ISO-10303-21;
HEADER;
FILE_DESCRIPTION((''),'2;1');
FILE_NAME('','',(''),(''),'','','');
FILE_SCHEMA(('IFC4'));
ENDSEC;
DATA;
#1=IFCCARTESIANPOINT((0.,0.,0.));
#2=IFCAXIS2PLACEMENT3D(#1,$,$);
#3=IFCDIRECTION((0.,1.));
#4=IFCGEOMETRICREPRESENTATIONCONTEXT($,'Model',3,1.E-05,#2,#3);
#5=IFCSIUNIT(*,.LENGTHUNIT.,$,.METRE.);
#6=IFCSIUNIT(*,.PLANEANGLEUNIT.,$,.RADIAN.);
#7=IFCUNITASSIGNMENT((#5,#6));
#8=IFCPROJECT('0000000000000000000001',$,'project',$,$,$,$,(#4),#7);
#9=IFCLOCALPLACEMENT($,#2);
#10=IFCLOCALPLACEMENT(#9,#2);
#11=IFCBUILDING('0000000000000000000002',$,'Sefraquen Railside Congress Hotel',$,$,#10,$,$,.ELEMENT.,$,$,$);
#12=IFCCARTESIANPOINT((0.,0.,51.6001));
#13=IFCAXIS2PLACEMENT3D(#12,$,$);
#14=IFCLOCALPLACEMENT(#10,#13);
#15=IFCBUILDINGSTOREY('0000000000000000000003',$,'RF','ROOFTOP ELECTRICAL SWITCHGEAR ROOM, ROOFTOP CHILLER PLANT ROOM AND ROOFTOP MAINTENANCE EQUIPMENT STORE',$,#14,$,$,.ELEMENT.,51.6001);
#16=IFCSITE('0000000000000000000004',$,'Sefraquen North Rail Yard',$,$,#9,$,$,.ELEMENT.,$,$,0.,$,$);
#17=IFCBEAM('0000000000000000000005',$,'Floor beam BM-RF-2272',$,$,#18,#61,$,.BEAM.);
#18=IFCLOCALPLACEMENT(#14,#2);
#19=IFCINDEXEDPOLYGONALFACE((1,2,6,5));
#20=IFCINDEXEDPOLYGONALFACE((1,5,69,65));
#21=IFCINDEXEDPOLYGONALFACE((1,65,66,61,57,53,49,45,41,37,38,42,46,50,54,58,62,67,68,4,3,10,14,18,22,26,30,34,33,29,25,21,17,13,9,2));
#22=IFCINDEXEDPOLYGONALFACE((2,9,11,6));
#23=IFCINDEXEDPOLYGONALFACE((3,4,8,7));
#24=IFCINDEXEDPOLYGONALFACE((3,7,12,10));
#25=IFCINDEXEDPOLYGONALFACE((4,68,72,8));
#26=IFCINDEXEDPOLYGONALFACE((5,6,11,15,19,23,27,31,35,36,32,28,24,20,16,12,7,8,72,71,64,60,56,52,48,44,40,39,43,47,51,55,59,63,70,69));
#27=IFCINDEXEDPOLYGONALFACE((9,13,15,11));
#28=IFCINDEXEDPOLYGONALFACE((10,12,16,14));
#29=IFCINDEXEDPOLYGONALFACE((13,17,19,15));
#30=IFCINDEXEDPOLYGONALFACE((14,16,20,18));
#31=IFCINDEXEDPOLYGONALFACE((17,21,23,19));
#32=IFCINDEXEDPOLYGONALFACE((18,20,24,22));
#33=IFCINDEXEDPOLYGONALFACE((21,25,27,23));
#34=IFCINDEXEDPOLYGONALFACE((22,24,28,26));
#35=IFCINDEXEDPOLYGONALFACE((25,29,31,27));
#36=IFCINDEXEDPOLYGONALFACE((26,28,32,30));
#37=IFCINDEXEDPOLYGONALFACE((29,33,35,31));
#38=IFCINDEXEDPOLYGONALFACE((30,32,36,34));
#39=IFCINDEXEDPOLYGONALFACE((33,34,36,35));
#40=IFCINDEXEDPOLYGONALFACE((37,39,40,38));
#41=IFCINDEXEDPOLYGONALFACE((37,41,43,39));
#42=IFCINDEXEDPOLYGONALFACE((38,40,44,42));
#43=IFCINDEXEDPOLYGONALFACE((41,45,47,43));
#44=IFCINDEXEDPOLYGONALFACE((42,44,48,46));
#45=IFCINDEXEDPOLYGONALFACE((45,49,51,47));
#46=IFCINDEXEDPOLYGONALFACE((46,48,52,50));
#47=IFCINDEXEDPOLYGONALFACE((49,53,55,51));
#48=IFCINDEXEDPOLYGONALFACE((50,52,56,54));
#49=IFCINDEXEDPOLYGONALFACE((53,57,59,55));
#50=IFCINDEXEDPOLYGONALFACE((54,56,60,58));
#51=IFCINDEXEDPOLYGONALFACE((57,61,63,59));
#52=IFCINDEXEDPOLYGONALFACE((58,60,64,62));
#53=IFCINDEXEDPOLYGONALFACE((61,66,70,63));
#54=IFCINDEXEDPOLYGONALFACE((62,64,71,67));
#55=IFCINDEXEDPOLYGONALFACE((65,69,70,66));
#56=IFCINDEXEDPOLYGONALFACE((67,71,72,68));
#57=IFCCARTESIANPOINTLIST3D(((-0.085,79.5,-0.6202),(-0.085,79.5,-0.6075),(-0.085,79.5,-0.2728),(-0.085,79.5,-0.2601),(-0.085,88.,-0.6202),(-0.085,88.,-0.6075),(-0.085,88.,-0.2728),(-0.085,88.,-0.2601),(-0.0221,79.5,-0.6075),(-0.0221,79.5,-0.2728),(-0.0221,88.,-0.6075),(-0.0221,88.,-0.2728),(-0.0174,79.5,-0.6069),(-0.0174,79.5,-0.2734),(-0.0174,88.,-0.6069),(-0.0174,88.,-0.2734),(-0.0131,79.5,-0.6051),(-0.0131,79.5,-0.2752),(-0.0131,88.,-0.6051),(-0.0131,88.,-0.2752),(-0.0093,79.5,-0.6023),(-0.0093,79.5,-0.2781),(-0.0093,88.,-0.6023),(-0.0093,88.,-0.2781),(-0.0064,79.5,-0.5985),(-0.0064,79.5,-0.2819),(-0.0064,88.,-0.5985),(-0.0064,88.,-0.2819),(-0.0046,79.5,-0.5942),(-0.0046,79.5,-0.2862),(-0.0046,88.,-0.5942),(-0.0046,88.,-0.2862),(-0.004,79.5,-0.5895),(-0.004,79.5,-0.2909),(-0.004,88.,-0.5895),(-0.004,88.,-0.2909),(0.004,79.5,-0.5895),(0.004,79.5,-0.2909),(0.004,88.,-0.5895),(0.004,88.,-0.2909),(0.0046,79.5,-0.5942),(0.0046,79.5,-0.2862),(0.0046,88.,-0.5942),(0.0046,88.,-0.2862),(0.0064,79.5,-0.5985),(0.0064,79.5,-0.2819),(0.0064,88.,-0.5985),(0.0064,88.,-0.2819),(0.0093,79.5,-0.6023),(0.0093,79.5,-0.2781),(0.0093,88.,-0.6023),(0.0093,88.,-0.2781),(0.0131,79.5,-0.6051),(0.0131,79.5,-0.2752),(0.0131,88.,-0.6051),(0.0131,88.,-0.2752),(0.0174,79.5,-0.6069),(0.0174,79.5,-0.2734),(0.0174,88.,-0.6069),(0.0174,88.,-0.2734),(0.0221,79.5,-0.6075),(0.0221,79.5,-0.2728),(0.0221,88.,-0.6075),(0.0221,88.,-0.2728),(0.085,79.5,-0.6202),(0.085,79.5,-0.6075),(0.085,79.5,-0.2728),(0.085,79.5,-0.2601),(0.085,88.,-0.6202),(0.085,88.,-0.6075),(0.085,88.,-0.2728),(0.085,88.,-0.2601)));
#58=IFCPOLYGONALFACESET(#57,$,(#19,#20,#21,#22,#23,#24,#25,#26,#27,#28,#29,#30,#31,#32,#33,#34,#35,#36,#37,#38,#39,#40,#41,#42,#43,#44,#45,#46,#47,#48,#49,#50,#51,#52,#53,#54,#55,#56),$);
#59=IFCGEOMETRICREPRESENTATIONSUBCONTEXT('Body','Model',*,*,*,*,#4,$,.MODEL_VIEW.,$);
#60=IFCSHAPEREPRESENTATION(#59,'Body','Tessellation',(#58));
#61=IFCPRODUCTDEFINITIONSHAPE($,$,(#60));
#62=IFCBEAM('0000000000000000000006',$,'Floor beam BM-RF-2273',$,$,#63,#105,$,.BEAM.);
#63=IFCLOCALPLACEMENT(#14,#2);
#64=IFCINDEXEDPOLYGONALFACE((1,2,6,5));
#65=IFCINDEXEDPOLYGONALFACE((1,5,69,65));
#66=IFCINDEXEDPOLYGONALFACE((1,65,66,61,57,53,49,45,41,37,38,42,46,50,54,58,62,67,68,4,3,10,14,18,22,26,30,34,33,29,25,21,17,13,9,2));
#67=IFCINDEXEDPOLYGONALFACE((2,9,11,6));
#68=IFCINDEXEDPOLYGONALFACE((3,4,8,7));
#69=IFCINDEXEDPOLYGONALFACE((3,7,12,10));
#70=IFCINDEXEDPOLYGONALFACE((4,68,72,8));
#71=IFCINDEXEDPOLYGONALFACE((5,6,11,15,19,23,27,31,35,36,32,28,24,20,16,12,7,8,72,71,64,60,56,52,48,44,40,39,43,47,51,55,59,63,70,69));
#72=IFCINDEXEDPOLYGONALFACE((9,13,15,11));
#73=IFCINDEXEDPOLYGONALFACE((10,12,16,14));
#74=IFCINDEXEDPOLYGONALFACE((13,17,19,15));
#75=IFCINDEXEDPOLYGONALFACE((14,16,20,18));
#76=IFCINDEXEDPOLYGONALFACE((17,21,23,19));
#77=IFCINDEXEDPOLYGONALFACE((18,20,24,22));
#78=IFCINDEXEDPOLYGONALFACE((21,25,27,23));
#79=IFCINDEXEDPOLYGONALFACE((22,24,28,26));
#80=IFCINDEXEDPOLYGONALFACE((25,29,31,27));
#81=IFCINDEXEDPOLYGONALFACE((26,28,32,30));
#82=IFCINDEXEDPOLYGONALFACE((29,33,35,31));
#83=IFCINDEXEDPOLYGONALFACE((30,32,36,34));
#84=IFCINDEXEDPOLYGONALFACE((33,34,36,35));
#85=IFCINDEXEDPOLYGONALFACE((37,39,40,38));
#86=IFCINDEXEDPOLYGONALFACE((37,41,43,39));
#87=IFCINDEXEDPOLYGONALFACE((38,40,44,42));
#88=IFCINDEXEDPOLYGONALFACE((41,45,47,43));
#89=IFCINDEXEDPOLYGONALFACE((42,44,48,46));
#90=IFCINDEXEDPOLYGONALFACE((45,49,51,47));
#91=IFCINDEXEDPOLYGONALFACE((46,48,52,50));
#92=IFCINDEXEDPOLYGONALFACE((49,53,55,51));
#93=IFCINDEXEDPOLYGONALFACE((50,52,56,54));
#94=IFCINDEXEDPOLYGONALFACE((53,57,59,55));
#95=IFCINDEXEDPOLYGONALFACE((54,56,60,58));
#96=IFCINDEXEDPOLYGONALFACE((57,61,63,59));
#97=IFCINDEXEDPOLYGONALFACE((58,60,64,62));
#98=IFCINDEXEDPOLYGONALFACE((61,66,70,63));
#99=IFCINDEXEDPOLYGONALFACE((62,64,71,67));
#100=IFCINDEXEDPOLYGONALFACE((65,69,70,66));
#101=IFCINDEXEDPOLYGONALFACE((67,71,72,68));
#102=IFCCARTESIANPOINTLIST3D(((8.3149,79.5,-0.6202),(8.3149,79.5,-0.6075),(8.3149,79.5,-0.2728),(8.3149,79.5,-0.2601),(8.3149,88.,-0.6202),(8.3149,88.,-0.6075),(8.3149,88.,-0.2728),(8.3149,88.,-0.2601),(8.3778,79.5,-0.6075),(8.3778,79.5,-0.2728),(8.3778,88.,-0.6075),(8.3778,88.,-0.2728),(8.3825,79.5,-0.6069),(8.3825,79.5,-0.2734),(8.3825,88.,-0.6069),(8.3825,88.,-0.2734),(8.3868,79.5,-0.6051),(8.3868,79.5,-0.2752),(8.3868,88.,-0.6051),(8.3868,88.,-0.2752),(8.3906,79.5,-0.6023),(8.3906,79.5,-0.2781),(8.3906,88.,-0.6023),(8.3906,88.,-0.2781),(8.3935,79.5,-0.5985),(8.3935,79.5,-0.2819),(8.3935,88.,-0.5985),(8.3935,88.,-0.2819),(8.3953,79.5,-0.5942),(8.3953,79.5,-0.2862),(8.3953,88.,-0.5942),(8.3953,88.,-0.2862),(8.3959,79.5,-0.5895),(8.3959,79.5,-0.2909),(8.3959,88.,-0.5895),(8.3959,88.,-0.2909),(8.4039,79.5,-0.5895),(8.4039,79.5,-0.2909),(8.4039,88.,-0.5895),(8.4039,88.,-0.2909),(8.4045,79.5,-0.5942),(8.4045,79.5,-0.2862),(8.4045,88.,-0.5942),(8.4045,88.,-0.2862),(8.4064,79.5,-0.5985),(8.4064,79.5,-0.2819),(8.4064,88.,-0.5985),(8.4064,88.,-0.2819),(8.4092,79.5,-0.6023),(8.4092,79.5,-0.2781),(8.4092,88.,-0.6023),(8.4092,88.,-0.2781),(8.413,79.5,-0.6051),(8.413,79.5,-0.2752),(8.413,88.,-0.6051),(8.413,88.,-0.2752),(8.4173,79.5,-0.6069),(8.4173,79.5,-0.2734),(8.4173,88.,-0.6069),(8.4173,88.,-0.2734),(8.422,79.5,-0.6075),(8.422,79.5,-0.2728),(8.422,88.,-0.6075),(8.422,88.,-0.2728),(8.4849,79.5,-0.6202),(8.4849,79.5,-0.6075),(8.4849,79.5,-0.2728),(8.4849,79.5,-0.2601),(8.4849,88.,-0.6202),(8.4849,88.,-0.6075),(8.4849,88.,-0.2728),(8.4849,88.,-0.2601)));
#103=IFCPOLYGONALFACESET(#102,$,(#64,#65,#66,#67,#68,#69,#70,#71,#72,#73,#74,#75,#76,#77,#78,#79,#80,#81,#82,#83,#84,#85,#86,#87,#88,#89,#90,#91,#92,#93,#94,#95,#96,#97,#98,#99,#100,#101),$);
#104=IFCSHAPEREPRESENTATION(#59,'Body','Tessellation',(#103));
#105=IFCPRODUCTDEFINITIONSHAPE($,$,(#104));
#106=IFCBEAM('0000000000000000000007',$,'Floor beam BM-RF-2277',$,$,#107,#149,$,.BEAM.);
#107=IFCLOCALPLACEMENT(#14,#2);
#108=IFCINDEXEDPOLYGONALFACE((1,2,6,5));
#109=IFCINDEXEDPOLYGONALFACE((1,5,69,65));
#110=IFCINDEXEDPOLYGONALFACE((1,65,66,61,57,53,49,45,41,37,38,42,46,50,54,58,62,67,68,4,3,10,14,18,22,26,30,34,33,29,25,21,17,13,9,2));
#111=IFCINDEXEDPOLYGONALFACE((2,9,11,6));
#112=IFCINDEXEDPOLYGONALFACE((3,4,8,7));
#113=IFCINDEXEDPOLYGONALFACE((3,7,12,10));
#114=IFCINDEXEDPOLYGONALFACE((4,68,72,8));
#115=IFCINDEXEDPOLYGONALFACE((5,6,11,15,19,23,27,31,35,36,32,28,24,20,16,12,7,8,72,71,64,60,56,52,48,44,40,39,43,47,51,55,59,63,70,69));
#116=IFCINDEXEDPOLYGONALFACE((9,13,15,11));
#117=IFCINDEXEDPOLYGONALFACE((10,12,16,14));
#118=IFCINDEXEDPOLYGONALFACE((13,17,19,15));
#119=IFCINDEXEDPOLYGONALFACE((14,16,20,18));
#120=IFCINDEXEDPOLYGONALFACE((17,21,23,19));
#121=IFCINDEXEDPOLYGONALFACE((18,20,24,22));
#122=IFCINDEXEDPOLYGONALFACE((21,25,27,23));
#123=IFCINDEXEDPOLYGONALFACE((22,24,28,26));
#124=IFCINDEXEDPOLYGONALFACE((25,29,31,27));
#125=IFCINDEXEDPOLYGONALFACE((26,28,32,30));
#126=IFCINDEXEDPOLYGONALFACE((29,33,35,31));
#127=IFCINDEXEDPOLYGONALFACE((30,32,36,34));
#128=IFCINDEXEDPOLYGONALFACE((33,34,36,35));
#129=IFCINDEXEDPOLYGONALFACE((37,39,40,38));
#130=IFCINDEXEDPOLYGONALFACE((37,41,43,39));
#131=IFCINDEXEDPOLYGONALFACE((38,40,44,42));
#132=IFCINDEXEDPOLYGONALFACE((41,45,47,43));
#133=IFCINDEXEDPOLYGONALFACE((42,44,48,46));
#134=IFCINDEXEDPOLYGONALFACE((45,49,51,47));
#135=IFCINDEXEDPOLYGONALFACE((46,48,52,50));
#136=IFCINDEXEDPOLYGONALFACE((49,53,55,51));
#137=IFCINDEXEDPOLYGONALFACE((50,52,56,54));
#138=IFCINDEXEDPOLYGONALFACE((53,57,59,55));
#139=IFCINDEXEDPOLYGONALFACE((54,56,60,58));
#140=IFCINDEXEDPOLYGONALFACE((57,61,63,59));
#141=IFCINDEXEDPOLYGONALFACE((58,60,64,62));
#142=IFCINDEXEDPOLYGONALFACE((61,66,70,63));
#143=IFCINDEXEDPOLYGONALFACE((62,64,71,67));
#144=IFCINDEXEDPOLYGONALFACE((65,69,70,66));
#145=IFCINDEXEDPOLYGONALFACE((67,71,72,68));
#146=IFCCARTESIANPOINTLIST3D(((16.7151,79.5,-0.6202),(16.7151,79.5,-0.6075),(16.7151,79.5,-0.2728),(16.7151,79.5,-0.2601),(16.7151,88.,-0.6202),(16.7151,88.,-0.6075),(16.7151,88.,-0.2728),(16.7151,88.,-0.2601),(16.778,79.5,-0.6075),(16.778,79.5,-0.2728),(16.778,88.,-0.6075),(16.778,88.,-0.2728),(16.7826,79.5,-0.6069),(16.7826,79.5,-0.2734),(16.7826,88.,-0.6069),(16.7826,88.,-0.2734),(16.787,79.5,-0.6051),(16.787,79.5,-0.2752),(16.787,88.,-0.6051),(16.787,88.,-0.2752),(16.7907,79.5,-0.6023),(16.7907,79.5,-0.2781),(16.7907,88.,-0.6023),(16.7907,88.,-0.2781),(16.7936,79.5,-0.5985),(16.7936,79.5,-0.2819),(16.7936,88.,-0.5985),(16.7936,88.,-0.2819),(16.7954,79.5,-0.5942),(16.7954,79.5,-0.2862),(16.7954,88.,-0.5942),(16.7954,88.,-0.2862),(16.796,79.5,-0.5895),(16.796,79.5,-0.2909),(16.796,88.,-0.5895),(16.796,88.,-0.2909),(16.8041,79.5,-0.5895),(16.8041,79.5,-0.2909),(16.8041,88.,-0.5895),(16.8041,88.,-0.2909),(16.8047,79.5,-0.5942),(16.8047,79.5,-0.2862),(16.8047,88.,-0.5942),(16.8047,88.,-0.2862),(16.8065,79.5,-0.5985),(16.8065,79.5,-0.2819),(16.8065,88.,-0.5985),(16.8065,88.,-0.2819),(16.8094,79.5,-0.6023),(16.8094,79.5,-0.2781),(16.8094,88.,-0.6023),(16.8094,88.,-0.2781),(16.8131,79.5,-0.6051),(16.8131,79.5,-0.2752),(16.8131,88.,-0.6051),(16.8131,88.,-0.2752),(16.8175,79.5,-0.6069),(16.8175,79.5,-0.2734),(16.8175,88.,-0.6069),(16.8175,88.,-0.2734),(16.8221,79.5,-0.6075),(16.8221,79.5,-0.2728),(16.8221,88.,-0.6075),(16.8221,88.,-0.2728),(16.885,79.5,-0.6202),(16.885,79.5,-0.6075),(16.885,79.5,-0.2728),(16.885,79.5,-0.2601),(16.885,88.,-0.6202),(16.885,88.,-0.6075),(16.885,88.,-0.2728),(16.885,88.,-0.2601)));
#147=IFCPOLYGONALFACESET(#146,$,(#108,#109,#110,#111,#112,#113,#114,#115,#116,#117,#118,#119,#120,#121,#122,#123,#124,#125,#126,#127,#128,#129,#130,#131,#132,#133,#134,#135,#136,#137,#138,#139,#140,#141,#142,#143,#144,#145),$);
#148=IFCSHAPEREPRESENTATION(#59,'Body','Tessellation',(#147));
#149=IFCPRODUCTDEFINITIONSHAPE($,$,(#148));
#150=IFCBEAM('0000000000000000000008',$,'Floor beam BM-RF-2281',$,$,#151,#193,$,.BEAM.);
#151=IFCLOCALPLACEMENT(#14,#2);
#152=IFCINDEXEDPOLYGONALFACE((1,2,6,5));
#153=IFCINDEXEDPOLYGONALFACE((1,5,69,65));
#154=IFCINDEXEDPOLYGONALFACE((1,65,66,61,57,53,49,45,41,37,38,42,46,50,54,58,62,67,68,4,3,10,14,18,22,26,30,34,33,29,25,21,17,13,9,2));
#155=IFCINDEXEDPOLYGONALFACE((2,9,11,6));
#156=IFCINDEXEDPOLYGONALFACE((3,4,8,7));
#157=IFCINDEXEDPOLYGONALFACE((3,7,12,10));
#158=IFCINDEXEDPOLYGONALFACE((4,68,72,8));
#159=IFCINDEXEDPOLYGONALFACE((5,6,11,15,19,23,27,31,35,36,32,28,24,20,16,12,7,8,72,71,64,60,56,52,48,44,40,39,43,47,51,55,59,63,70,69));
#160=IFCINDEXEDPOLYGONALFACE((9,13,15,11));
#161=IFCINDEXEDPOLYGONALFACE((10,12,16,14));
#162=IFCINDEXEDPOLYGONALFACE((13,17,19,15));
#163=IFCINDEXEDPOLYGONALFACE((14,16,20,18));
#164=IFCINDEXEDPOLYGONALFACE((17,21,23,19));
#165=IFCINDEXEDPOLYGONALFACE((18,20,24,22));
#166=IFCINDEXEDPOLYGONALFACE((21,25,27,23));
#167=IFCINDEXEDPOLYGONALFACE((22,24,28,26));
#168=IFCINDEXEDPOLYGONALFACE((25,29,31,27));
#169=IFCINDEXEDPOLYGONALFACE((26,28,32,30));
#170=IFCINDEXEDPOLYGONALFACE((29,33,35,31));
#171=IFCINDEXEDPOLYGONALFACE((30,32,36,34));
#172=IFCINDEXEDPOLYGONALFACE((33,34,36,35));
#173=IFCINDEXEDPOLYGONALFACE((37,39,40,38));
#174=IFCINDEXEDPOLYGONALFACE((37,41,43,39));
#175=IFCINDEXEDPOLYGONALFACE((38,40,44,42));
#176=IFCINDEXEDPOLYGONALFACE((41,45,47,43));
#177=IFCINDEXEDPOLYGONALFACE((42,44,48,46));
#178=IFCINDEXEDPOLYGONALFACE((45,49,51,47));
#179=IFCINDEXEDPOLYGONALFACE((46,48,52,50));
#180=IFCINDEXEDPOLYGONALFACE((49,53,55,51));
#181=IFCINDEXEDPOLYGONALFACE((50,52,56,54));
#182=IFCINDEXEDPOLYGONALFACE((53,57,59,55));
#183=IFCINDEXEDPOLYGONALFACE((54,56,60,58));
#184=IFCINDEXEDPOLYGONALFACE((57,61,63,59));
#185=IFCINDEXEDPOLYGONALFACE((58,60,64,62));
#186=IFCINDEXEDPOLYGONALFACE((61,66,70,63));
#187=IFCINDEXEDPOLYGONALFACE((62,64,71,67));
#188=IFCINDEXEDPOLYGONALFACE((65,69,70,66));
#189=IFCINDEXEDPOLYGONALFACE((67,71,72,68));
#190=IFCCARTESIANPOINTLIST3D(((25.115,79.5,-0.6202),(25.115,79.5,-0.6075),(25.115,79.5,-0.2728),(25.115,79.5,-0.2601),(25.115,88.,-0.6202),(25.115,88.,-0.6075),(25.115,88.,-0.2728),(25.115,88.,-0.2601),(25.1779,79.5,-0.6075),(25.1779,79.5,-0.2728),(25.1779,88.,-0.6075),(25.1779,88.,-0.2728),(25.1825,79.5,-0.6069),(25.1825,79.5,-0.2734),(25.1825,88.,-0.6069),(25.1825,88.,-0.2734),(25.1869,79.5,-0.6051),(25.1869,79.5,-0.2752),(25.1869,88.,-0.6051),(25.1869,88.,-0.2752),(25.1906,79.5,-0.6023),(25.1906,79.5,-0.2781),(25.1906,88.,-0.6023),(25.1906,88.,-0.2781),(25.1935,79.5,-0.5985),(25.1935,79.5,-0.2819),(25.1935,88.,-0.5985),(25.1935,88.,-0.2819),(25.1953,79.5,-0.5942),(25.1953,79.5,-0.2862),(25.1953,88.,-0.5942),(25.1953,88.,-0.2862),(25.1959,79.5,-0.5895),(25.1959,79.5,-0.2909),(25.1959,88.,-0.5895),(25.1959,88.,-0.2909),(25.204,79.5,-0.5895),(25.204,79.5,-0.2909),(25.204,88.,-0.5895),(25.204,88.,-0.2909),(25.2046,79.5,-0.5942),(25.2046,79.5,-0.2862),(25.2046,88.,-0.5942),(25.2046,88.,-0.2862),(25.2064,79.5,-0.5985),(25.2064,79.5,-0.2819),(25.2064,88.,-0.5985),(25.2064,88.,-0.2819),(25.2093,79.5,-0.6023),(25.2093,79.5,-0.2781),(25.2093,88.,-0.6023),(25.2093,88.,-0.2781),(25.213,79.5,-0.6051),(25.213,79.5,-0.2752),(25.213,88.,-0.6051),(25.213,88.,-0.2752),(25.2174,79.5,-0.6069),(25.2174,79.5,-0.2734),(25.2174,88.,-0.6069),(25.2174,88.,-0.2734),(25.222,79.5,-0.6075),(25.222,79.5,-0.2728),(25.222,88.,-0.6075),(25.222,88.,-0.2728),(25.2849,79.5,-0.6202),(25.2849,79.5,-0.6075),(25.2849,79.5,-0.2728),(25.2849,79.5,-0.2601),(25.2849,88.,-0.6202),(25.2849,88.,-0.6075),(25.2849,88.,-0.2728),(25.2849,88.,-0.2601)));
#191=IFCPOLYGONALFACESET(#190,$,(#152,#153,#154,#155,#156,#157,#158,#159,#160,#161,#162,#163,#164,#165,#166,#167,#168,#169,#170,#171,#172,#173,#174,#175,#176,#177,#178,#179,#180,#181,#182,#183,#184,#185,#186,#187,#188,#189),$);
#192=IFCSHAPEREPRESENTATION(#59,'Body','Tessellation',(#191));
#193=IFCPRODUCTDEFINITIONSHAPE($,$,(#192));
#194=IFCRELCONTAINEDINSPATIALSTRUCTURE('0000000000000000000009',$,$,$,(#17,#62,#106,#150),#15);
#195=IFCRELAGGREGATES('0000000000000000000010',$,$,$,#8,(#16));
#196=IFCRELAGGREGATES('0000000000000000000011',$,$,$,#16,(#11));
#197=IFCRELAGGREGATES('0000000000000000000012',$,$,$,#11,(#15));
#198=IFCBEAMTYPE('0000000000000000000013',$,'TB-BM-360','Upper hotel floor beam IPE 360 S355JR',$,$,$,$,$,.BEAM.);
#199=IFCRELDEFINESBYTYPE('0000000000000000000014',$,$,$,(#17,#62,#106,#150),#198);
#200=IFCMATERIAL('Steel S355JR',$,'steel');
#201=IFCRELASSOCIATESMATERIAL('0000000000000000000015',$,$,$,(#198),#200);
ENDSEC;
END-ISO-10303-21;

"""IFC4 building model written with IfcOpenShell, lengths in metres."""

from ifc_helpers import new_model, si_unit, direction, frame, origin, origin_2d, place, context, subcontext, project, spatial, i_section, extrude, material, material_profile, profile_set, type_object, element, save


model = new_model("IFC4")

# Units and contexts
model_context = context("Model", 3, precision=1e-05, world=origin(), true_north=direction((0.0, 1.0)))
body_context = subcontext(model_context, "Body", "Model", "MODEL_VIEW")
ifc_project = project(units=[si_unit("LENGTHUNIT", "METRE"), si_unit("PLANEANGLEUNIT", "RADIAN")], contexts=[model_context])

# Site, building, storey
site_placement = place(None, origin())
site = spatial("IfcSite", under=ifc_project, at=site_placement, Name="Sefraquen North Rail Yard", CompositionType="ELEMENT", RefElevation=0.0)
building_placement = place(site_placement, origin())
building = spatial("IfcBuilding", under=site, at=building_placement, Name="Sefraquen Railside Congress Hotel", CompositionType="ELEMENT")
storey_placement = place(building_placement, frame((0.0, 0.0, 51.6001)))
storey = spatial("IfcBuildingStorey", under=building, at=storey_placement, Name="RF", Description="ROOFTOP ELECTRICAL SWITCHGEAR ROOM, ROOFTOP CHILLER PLANT ROOM AND ROOFTOP MAINTENANCE EQUIPMENT STORE", CompositionType="ELEMENT", Elevation=51.6001)

# Beams
ifc_material_1 = material(Name="Steel S355JR", Category="steel")
ifc_material_profile_1 = material_profile(ifc_material_1, i_section(OverallWidth=0.1699, OverallDepth=0.3601, WebThickness=0.0081, FlangeThickness=0.0127, FilletRadius=0.0181, at=origin_2d()), Name="IPE 360")
ifc_profile_set_1 = profile_set([ifc_material_profile_1], Name="Steel S355JR")
beam_type_1 = type_object("IfcBeamType", Name="TB-BM-360", Description="Upper hotel floor beam IPE 360 S355JR", PredefinedType="BEAM", material=ifc_profile_set_1)
for number, where, z_axis, x_axis, name in (
    (1, (0.0, 79.5, -0.4402), (0.0, 1.0, 0.0), (-1.0, 0.0, 0.0), "Floor beam BM-RF-2272"),
    (2, (8.3999, 79.5, -0.4402), (0.0, 1.0, 0.0), (-1.0, 0.0, 0.0), "Floor beam BM-RF-2273"),
    (3, (16.8, 79.5, -0.4402), (0.0, 1.0, 0.0), (-1.0, 0.0, 0.0), "Floor beam BM-RF-2277"),
    (4, (25.2, 79.5, -0.4402), (0.0, 1.0, 0.0), (-1.0, 0.0, 0.0), "Floor beam BM-RF-2281"),
):
    element("IfcBeam", number, at=place(storey_placement, frame(where, z_axis=z_axis, x_axis=x_axis)), inside=storey, type_object=beam_type_1, Name=name, PredefinedType="BEAM", context=body_context, shape_type="SweptSolid", body=[
        extrude(i_section(OverallWidth=0.1699, OverallDepth=0.3601, WebThickness=0.0081, FlangeThickness=0.0127, FilletRadius=0.0181, at=origin_2d()), origin(), (0.0, 0.0, 1.0), 8.5),
    ])

save(model, "model.ifc")
